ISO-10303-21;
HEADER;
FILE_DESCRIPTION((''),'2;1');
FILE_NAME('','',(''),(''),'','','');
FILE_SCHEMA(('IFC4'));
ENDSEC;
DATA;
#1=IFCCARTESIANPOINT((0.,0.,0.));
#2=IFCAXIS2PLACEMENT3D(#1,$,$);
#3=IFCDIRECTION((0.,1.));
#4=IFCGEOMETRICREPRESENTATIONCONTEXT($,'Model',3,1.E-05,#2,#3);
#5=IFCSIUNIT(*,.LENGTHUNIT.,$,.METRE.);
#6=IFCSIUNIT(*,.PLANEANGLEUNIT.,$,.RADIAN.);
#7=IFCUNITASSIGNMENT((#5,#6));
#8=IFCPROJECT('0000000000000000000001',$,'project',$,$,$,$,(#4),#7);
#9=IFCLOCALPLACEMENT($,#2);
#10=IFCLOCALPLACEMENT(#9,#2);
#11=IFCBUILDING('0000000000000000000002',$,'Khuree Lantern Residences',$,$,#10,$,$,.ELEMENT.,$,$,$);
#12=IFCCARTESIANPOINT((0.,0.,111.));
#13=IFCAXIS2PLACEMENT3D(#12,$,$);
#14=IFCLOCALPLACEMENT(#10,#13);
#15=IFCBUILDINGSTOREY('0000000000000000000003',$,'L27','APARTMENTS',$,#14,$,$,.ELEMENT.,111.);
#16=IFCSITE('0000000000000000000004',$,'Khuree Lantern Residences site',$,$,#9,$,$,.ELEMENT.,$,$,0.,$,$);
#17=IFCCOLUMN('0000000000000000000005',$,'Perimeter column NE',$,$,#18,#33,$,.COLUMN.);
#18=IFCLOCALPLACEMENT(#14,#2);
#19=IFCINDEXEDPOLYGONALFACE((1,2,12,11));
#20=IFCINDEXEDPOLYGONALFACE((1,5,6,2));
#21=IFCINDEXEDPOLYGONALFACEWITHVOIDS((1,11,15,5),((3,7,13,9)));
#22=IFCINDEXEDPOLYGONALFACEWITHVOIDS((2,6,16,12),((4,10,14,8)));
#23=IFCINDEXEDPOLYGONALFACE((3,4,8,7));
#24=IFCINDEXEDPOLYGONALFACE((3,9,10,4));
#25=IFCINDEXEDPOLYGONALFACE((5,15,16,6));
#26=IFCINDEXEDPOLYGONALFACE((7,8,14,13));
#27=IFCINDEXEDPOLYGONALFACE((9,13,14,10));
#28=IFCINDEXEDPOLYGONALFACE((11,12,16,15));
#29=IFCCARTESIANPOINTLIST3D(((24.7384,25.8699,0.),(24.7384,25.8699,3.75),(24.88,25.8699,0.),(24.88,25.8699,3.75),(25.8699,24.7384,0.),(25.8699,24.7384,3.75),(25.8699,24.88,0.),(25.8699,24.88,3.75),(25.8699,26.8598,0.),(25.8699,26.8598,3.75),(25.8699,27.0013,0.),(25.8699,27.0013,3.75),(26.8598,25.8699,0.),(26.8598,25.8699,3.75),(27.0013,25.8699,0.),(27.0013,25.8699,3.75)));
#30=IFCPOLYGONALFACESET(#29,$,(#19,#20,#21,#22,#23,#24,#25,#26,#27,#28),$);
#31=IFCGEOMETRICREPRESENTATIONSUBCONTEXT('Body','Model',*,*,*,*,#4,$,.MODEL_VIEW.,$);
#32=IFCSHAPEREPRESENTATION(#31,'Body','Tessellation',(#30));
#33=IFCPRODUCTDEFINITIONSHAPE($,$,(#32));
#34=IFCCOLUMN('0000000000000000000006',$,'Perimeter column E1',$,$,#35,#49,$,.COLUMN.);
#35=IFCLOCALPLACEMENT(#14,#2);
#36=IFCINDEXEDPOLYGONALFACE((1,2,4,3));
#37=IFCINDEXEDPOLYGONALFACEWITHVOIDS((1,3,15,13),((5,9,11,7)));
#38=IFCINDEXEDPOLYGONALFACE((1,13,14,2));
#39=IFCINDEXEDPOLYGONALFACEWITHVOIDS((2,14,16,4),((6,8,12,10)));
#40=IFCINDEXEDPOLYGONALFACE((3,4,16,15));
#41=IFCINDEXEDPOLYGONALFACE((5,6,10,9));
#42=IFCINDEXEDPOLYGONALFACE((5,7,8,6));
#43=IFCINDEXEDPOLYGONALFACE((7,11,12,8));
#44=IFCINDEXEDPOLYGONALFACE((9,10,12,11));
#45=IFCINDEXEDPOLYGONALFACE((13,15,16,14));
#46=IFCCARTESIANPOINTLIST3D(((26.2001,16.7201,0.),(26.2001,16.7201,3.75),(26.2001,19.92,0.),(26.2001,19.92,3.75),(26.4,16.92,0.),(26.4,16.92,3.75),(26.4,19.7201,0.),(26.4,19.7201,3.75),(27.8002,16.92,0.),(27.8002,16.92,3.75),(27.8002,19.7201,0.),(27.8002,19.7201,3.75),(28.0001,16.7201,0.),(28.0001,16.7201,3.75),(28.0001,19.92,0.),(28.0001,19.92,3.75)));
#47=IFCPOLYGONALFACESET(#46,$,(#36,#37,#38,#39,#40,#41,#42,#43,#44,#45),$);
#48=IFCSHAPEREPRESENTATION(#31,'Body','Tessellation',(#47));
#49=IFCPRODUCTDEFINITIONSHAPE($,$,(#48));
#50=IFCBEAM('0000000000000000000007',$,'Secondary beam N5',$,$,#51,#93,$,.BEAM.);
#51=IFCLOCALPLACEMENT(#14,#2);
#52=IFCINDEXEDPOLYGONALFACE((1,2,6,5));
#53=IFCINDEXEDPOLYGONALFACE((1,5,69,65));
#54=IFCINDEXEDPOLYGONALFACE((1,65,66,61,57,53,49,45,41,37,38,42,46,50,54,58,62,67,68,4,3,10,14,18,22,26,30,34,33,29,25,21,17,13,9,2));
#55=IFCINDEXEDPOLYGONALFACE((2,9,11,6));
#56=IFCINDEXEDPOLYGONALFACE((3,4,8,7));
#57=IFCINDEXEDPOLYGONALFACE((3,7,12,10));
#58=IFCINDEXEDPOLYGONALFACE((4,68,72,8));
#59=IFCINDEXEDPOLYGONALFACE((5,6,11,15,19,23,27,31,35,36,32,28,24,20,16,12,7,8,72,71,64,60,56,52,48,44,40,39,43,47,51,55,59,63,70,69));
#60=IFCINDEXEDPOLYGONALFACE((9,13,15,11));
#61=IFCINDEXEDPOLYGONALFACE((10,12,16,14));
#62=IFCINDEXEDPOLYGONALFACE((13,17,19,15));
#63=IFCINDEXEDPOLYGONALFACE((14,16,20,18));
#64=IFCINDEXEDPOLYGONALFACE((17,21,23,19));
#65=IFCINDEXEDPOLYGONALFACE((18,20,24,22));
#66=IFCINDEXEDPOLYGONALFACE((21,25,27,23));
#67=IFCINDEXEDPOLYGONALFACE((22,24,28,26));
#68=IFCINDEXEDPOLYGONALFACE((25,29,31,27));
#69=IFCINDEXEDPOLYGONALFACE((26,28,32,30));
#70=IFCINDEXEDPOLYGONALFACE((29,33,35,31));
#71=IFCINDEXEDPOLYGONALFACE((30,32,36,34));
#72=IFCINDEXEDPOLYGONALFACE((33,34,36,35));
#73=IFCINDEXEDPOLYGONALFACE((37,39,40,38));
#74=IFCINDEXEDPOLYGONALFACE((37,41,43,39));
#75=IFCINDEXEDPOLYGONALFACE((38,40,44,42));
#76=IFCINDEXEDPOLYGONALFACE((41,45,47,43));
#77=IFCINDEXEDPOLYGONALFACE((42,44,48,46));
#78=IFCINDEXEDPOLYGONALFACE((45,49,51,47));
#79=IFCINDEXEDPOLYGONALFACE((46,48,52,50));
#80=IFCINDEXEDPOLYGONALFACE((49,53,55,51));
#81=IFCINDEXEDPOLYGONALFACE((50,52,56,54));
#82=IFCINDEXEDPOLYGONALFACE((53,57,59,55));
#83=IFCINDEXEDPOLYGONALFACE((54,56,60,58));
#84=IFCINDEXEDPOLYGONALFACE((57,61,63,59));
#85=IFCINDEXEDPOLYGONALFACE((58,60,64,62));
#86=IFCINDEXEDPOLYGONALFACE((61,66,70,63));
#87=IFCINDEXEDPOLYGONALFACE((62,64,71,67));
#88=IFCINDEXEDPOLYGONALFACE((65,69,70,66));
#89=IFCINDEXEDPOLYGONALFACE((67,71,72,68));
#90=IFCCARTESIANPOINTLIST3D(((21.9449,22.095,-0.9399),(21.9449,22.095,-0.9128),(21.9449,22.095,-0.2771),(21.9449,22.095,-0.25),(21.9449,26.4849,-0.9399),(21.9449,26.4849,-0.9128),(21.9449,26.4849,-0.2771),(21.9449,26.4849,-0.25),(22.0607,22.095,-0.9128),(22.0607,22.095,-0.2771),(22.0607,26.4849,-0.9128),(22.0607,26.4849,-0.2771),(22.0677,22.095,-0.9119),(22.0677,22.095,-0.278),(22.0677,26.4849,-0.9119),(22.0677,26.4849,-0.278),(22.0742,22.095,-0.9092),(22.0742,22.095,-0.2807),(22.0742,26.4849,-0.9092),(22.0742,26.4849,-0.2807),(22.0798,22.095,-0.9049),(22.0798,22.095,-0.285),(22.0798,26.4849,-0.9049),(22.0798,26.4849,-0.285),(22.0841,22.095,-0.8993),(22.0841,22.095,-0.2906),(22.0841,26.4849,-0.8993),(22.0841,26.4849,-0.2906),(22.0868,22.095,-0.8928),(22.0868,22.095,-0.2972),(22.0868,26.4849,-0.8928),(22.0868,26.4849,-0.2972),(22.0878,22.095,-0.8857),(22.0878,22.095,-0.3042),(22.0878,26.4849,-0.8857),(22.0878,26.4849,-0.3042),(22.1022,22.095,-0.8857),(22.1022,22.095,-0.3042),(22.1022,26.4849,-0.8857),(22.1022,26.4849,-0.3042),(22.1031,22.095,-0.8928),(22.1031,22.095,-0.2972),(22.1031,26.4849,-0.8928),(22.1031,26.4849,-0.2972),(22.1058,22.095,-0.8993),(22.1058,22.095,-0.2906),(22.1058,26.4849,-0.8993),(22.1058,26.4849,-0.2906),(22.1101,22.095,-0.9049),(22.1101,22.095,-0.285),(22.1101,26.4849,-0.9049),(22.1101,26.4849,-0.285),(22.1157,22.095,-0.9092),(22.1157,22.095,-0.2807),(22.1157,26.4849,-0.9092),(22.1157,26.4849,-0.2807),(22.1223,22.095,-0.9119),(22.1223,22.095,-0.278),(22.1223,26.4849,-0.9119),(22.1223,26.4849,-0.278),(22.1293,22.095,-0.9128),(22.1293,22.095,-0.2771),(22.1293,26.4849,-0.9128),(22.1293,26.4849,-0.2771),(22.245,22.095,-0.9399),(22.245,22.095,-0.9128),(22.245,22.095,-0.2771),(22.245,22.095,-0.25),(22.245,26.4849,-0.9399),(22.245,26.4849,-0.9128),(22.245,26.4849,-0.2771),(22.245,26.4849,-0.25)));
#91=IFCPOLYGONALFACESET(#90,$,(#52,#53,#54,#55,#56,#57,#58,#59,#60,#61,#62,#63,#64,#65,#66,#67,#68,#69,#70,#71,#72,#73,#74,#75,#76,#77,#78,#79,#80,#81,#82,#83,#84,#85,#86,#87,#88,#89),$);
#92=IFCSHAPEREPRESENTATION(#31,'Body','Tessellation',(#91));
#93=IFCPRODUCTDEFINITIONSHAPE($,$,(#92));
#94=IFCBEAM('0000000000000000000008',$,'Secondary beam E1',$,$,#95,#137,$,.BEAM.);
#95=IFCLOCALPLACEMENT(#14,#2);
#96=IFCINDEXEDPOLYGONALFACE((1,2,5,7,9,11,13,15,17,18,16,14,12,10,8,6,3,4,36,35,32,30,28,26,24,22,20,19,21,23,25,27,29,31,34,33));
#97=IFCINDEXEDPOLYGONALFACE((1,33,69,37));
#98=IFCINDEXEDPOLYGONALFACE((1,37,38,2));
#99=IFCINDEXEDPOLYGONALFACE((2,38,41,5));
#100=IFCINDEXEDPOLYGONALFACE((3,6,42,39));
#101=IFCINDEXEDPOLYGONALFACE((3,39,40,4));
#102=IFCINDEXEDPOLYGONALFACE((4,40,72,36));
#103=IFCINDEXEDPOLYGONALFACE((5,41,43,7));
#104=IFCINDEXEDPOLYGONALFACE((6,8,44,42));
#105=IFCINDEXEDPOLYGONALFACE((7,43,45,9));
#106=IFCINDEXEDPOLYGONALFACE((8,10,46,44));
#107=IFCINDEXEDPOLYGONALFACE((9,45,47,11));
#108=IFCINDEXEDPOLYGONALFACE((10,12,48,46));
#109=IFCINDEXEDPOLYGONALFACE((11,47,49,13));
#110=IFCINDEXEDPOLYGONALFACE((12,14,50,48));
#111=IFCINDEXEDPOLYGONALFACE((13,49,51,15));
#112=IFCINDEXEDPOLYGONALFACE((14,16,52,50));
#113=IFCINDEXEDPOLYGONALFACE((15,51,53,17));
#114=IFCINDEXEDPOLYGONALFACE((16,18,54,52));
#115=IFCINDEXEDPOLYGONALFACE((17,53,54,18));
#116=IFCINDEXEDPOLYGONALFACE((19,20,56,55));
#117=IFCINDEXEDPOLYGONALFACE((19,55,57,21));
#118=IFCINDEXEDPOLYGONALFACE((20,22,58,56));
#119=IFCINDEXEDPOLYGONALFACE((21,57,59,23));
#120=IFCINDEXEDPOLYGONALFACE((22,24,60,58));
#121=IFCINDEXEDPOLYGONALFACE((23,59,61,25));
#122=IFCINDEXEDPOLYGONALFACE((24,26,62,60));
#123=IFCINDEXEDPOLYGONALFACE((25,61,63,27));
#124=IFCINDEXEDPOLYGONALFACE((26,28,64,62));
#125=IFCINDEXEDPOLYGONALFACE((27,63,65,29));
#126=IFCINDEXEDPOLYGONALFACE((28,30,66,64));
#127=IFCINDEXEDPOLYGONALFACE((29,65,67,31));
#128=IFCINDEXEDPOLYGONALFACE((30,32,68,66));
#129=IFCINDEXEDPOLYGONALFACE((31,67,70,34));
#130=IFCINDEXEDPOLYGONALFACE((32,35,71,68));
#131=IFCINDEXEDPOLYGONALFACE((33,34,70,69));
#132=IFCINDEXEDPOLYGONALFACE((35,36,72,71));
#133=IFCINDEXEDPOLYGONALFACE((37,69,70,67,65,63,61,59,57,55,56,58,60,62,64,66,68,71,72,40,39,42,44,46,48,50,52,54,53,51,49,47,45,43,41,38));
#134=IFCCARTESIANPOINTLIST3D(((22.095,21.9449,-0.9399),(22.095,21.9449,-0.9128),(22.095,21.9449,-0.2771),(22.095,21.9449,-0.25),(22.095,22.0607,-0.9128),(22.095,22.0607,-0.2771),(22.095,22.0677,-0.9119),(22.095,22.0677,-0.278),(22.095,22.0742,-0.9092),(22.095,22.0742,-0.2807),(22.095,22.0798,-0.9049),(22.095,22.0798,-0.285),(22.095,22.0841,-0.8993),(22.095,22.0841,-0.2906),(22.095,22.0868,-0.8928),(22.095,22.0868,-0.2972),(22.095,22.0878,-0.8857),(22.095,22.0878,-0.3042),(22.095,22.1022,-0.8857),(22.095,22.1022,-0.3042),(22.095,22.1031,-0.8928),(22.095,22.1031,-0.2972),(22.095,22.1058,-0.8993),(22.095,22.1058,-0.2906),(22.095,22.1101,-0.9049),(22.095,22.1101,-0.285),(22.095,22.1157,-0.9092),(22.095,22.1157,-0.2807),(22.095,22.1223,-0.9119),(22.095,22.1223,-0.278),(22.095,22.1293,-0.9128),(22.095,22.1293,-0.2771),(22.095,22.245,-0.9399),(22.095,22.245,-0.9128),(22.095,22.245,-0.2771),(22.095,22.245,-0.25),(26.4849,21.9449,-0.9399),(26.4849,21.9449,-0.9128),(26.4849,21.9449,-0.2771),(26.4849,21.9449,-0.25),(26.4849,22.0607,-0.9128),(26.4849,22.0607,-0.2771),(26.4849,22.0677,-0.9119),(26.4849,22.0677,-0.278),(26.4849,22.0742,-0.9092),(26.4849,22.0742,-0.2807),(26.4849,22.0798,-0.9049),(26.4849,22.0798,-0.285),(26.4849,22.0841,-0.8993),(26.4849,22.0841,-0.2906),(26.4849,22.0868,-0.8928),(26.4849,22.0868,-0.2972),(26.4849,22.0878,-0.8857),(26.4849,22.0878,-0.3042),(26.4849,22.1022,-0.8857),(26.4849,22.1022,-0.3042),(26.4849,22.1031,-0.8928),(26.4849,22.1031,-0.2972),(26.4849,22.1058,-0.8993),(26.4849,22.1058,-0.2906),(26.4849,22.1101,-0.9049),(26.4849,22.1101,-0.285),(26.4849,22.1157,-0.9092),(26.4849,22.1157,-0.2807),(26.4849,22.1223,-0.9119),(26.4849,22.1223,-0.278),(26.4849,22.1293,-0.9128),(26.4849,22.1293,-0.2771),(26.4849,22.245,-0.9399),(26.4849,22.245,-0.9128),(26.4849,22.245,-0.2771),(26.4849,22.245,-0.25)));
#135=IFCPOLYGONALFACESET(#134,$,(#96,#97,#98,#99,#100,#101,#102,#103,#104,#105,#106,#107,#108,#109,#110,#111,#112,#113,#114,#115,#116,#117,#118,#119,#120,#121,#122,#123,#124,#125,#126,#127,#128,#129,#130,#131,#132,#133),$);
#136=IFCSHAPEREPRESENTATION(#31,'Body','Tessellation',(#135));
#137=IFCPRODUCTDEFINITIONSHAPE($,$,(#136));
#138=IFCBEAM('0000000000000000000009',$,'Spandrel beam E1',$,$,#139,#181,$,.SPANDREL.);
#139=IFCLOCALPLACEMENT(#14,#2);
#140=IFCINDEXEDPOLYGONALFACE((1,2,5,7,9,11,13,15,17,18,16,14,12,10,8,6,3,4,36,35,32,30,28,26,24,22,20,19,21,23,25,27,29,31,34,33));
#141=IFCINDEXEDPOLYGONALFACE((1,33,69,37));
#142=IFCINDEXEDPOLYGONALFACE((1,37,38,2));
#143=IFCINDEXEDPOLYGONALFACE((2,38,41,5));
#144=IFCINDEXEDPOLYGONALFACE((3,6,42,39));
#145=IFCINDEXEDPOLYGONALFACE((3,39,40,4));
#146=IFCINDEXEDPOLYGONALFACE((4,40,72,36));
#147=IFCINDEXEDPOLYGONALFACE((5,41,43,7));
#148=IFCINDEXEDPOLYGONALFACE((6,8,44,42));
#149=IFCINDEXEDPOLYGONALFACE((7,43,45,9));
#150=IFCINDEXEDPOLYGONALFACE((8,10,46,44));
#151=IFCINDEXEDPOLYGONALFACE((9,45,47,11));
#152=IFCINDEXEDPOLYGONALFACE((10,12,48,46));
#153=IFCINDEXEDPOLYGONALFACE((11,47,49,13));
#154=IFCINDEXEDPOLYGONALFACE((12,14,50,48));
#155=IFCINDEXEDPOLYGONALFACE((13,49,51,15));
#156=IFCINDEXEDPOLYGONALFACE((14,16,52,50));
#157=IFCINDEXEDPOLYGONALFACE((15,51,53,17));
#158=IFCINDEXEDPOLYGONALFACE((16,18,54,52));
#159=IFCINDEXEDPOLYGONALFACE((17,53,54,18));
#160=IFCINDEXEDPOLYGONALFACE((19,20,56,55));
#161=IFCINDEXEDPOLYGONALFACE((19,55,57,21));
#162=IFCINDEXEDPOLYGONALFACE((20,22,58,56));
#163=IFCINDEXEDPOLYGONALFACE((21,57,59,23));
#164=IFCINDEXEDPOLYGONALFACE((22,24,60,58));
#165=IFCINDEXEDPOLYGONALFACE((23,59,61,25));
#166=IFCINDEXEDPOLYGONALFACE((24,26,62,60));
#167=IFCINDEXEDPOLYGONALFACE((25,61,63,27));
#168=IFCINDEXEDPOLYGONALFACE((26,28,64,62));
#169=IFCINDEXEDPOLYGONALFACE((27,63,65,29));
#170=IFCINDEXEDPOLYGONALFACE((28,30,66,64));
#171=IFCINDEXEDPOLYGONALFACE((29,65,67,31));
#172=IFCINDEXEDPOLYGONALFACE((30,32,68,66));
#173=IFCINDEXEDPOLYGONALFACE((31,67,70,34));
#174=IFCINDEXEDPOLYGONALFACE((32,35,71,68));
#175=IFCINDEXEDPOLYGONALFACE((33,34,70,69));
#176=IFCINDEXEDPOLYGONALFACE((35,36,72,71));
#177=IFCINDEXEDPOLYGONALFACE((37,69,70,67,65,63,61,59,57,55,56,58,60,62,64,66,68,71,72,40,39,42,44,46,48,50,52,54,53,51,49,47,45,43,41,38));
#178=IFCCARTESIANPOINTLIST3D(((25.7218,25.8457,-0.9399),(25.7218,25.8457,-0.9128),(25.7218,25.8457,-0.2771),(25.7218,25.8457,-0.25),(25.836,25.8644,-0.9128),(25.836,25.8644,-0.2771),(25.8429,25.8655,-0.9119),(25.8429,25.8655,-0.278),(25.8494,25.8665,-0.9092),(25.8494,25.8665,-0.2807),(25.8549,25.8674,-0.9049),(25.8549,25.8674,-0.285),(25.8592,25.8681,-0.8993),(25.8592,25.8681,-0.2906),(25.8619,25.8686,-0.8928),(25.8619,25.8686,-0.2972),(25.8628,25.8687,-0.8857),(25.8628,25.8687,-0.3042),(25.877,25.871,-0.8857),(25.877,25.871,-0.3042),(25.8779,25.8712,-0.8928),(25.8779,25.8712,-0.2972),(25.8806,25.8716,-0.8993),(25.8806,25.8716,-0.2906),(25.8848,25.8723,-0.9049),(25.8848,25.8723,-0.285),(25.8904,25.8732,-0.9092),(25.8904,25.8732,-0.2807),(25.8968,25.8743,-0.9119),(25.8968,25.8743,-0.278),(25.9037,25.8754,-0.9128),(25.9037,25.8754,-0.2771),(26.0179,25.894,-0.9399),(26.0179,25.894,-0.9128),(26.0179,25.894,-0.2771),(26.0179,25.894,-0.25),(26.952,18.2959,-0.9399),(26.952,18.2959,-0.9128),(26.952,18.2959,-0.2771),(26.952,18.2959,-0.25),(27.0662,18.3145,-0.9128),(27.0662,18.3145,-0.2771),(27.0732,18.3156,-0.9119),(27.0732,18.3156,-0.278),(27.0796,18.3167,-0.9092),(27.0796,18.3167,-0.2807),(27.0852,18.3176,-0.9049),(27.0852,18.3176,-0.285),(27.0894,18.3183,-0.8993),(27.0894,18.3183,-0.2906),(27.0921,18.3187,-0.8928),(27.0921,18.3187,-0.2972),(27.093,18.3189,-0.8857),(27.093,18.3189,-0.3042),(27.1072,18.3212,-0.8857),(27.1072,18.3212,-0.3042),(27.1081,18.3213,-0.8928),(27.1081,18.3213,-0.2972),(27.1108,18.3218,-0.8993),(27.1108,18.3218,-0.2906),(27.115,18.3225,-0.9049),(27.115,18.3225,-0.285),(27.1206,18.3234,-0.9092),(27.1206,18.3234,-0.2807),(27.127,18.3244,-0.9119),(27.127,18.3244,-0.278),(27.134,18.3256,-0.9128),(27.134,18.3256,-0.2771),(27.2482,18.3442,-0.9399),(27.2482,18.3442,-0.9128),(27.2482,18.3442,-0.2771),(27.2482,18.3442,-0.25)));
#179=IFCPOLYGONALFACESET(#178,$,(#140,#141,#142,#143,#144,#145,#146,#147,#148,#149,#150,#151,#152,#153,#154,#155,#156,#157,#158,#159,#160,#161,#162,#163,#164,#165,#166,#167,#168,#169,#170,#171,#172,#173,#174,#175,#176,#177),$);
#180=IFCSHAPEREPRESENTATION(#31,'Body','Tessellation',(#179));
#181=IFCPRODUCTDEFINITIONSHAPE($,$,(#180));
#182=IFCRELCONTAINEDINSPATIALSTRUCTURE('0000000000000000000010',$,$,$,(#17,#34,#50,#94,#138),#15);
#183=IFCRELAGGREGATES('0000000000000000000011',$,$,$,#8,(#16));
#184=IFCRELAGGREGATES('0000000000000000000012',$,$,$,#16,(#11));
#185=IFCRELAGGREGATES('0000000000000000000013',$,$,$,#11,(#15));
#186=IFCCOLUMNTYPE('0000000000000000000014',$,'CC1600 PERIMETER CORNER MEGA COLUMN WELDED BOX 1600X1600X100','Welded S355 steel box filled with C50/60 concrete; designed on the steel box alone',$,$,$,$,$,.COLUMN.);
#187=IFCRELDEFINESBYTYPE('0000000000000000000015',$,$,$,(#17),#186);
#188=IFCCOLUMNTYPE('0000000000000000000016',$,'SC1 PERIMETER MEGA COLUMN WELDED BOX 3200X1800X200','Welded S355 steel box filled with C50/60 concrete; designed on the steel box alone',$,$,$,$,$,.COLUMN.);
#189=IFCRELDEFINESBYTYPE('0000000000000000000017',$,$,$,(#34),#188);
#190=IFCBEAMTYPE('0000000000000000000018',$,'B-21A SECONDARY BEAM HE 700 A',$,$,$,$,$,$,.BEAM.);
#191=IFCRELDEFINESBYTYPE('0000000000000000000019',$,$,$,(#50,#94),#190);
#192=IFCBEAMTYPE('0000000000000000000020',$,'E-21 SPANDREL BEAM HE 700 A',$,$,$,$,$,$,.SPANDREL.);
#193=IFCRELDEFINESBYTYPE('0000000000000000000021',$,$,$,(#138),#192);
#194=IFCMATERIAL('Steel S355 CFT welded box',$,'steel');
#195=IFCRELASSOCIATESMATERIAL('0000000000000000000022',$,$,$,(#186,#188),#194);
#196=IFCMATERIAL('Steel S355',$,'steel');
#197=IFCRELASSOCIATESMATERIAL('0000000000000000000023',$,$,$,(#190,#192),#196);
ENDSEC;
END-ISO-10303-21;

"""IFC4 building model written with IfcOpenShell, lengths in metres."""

from ifc_helpers import new_model, si_unit, direction, frame, origin, origin_2d, place, context, subcontext, project, spatial, hollow_rectangle, i_section, extrude, material, material_profile, profile_set, type_object, element, save


model = new_model("IFC4")

# Units and contexts
model_context = context("Model", 3, precision=1e-05, world=origin(), true_north=direction((0.0, 1.0)))
body_context = subcontext(model_context, "Body", "Model", "MODEL_VIEW")
ifc_project = project(units=[si_unit("LENGTHUNIT", "METRE"), si_unit("PLANEANGLEUNIT", "RADIAN")], contexts=[model_context])

# Site, building, storey
site_placement = place(None, origin())
site = spatial("IfcSite", under=ifc_project, at=site_placement, Name="Khuree Lantern Residences site", CompositionType="ELEMENT", RefElevation=0.0)
building_placement = place(site_placement, origin())
building = spatial("IfcBuilding", under=site, at=building_placement, Name="Khuree Lantern Residences", CompositionType="ELEMENT")
storey_placement = place(building_placement, frame((0.0, 0.0, 111.0)))
storey = spatial("IfcBuildingStorey", under=building, at=storey_placement, Name="L27", Description="APARTMENTS", CompositionType="ELEMENT", Elevation=111.0)

# Columns
ifc_material_1 = material(Name="Steel S355 CFT welded box", Category="steel")
ifc_material_profile_1 = material_profile(ifc_material_1, hollow_rectangle(XDim=1.6001, YDim=1.6001, WallThickness=0.1001, at=origin_2d()), Name="WELDED BOX 1600X1600X100")
ifc_profile_set_1 = profile_set([ifc_material_profile_1], Name="Steel S355 CFT welded box")
column_type_1 = type_object("IfcColumnType", Name="CC1600 PERIMETER CORNER MEGA COLUMN WELDED BOX 1600X1600X100", Description="Welded S355 steel box filled with C50/60 concrete; designed on the steel box alone", PredefinedType="COLUMN", material=ifc_profile_set_1)
column_1_placement = place(storey_placement, frame((25.8699, 25.8699, 0.0), z_axis=(0.0, 0.0, 1.0), x_axis=(0.707107, -0.707107, 0.0)))
element("IfcColumn", 1, at=column_1_placement, inside=storey, type_object=column_type_1, Name="Perimeter column NE", PredefinedType="COLUMN", context=body_context, shape_type="SweptSolid", body=[
    extrude(hollow_rectangle(XDim=1.6001, YDim=1.6001, WallThickness=0.1001, at=origin_2d()), origin(), (0.0, 0.0, 1.0), 3.75),
])
ifc_material_profile_2 = material_profile(ifc_material_1, hollow_rectangle(XDim=3.2, YDim=1.8, WallThickness=0.2, at=origin_2d()), Name="WELDED BOX 3200X1800X200")
ifc_profile_set_2 = profile_set([ifc_material_profile_2], Name="Steel S355 CFT welded box")
column_type_2 = type_object("IfcColumnType", Name="SC1 PERIMETER MEGA COLUMN WELDED BOX 3200X1800X200", Description="Welded S355 steel box filled with C50/60 concrete; designed on the steel box alone", PredefinedType="COLUMN", material=ifc_profile_set_2)
column_2_placement = place(storey_placement, frame((27.1001, 18.3201, 0.0), z_axis=(0.0, 0.0, 1.0), x_axis=(0.0, 1.0, 0.0)))
element("IfcColumn", 2, at=column_2_placement, inside=storey, type_object=column_type_2, Name="Perimeter column E1", PredefinedType="COLUMN", context=body_context, shape_type="SweptSolid", body=[
    extrude(hollow_rectangle(XDim=3.2, YDim=1.8, WallThickness=0.2, at=origin_2d()), origin(), (0.0, 0.0, 1.0), 3.75),
])

# Beams
ifc_material_2 = material(Name="Steel S355", Category="steel")
ifc_material_profile_3 = material_profile(ifc_material_2, i_section(OverallWidth=0.3, OverallDepth=0.6899, WebThickness=0.0144, FlangeThickness=0.0271, FilletRadius=0.0271, at=origin_2d()), Name="HE 700 A")
ifc_profile_set_3 = profile_set([ifc_material_profile_3], Name="Steel S355")
beam_type_1 = type_object("IfcBeamType", Name="B-21A SECONDARY BEAM HE 700 A", PredefinedType="BEAM", material=ifc_profile_set_3)
for number, where, z_axis, x_axis, name in (
    (3, (22.095, 26.4849, -0.595), (0.0, -1.0, 0.0), (1.0, 0.0, 0.0), "Secondary beam N5"),
    (4, (26.4849, 22.095, -0.595), (-1.0, 0.0, 0.0), (0.0, -1.0, 0.0), "Secondary beam E1"),
):
    element("IfcBeam", number, at=place(storey_placement, frame(where, z_axis=z_axis, x_axis=x_axis)), inside=storey, type_object=beam_type_1, Name=name, PredefinedType="BEAM", context=body_context, shape_type="SweptSolid", body=[
        extrude(i_section(OverallWidth=0.3, OverallDepth=0.6899, WebThickness=0.0144, FlangeThickness=0.0271, FilletRadius=0.0271, at=origin_2d()), origin(), (0.0, 0.0, 1.0), 4.3899),
    ])
ifc_material_profile_4 = material_profile(ifc_material_2, i_section(OverallWidth=0.3, OverallDepth=0.6899, WebThickness=0.0144, FlangeThickness=0.0271, FilletRadius=0.0271, at=origin_2d()), Name="HE 700 A")
ifc_profile_set_4 = profile_set([ifc_material_profile_4], Name="Steel S355")
beam_type_2 = type_object("IfcBeamType", Name="E-21 SPANDREL BEAM HE 700 A", PredefinedType="SPANDREL", material=ifc_profile_set_4)
beam_1_placement = place(storey_placement, frame((25.8699, 25.8699, -0.595), z_axis=(0.160827, -0.986983, 0.0), x_axis=(0.986983, 0.160827, 0.0)))
element("IfcBeam", 5, at=beam_1_placement, inside=storey, type_object=beam_type_2, Name="Spandrel beam E1", PredefinedType="SPANDREL", context=body_context, shape_type="SweptSolid", body=[
    extrude(i_section(OverallWidth=0.3, OverallDepth=0.6899, WebThickness=0.0144, FlangeThickness=0.0271, FilletRadius=0.0271, at=origin_2d()), origin(), (0.0, 0.0, 1.0), 7.6494),
])

save(model, "model.ifc")
